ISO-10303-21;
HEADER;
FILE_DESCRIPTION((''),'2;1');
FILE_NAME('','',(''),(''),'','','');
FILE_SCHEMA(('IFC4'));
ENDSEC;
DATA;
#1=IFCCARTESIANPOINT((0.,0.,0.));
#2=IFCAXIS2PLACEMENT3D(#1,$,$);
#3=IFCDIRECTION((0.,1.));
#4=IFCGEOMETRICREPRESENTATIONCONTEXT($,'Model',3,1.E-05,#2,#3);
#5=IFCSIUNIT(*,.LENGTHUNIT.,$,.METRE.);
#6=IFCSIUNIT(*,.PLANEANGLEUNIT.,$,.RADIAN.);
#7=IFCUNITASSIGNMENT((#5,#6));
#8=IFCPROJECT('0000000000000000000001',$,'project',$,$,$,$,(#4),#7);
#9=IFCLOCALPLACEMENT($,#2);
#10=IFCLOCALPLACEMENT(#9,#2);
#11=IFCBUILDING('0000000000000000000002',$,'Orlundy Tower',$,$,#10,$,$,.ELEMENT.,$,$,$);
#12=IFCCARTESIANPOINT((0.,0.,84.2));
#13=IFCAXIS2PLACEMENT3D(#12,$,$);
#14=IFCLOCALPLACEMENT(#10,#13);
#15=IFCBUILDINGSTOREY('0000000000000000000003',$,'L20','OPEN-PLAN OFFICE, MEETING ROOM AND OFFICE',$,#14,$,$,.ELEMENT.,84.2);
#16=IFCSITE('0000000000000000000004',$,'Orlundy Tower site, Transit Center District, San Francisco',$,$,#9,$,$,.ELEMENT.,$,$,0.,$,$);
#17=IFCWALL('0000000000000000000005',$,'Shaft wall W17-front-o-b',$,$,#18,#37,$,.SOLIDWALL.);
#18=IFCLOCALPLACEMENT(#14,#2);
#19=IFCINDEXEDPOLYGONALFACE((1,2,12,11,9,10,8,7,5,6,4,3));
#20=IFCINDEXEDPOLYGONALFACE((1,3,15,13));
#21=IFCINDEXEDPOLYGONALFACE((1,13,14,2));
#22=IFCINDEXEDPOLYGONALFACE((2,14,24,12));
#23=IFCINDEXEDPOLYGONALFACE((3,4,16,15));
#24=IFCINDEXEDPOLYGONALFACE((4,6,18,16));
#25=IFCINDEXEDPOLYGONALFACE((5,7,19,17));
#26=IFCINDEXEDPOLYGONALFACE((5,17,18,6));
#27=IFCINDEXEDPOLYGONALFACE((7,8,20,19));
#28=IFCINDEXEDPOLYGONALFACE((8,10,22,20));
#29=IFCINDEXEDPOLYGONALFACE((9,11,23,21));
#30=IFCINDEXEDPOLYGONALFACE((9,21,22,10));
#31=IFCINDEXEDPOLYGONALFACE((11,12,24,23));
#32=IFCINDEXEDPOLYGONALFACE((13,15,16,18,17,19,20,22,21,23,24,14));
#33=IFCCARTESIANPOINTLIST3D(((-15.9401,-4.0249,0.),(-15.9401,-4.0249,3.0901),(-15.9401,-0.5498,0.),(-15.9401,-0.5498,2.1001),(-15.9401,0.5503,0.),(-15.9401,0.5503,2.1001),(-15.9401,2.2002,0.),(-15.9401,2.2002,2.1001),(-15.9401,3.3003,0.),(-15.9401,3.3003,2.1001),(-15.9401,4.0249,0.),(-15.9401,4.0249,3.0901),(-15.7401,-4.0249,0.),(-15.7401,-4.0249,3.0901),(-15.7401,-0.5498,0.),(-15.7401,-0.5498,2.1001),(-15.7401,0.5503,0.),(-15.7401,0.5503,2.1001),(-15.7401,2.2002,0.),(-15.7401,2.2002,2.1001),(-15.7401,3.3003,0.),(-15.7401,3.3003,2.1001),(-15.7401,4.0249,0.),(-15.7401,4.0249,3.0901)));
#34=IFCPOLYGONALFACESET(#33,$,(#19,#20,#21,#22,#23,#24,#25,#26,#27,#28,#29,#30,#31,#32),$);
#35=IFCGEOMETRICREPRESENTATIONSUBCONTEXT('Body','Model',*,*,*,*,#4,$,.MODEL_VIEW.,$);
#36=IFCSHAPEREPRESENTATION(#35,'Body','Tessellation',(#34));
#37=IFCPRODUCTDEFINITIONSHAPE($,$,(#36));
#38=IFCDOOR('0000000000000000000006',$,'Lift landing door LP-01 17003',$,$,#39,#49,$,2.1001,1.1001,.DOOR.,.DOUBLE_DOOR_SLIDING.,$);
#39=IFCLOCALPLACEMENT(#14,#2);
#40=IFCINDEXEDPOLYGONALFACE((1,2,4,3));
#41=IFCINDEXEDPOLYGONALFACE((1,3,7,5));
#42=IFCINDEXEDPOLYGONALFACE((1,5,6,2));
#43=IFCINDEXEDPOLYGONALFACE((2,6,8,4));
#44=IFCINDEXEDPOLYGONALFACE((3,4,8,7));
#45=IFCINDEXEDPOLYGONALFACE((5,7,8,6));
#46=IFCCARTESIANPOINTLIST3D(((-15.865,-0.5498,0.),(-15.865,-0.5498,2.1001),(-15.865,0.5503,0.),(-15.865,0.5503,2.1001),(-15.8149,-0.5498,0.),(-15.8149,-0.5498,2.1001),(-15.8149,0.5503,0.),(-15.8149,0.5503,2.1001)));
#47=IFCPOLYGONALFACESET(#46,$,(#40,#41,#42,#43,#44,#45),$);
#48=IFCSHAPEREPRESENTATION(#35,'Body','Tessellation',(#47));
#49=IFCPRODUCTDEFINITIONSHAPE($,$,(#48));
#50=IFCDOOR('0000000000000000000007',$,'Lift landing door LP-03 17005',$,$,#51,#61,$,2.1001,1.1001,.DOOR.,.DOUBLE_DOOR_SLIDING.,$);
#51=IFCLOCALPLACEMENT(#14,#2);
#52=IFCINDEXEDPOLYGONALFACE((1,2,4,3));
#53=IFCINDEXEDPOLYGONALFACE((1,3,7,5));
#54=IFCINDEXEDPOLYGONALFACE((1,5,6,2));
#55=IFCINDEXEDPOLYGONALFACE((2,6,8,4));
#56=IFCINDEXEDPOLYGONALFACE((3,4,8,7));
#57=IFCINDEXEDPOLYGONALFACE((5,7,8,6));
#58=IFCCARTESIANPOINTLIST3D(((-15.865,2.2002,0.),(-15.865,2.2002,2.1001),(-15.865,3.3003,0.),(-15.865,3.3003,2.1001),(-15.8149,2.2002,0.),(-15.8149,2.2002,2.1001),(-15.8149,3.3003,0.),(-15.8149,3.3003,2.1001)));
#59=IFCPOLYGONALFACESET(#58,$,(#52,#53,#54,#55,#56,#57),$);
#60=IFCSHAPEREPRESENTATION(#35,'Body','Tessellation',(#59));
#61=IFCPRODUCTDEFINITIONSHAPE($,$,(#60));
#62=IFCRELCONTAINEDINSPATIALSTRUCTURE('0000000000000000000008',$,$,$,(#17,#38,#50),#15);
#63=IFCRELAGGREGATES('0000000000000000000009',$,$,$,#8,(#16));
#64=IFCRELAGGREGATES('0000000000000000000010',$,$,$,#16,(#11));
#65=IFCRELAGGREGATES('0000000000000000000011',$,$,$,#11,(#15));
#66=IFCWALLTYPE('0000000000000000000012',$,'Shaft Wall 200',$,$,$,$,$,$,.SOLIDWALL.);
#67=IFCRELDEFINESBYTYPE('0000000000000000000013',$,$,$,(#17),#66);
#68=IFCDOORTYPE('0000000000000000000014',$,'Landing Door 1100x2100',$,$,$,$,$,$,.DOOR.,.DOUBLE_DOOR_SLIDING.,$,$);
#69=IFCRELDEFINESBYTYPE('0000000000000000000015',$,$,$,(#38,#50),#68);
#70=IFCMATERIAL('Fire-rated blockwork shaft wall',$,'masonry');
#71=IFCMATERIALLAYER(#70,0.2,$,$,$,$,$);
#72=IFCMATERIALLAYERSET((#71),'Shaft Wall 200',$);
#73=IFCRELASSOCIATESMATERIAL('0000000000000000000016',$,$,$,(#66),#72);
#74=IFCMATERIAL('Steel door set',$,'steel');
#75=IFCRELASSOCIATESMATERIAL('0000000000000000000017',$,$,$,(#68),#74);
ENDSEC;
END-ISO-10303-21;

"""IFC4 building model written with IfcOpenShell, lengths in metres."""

from ifc_helpers import new_model, si_unit, direction, frame, frame_2d, origin, place, context, subcontext, project, spatial, rectangle, extrude, material, layer, layer_set, type_object, element, fill, save


model = new_model("IFC4")

# Units and contexts
model_context = context("Model", 3, precision=1e-05, world=origin(), true_north=direction((0.0, 1.0)))
body_context = subcontext(model_context, "Body", "Model", "MODEL_VIEW")
ifc_project = project(units=[si_unit("LENGTHUNIT", "METRE"), si_unit("PLANEANGLEUNIT", "RADIAN")], contexts=[model_context])

# Site, building, storey
site_placement = place(None, origin())
site = spatial("IfcSite", under=ifc_project, at=site_placement, Name="Orlundy Tower site, Transit Center District, San Francisco", CompositionType="ELEMENT", RefElevation=0.0)
building_placement = place(site_placement, origin())
building = spatial("IfcBuilding", under=site, at=building_placement, Name="Orlundy Tower", CompositionType="ELEMENT")
storey_placement = place(building_placement, frame((0.0, 0.0, 84.2)))
storey = spatial("IfcBuildingStorey", under=building, at=storey_placement, Name="L20", Description="OPEN-PLAN OFFICE, MEETING ROOM AND OFFICE", CompositionType="ELEMENT", Elevation=84.2)

# Shared definitions
ifc_material_1 = material(Name="Fire-rated blockwork shaft wall", Category="masonry")
ifc_layer_1 = layer(ifc_material_1, 0.2)
ifc_layer_set_1 = layer_set([ifc_layer_1], Name="Shaft Wall 200")
wall_type_1 = type_object("IfcWallType", Name="Shaft Wall 200", PredefinedType="SOLIDWALL", material=ifc_layer_set_1)

# Shared definitions
ifc_material_2 = material(Name="Steel door set", Category="steel")
door_type_1 = type_object("IfcDoorType", Name="Landing Door 1100x2100", OperationType="DOUBLE_DOOR_SLIDING", PredefinedType="DOOR", material=ifc_material_2)

# Wall, openings, doors
wall_1_placement = place(storey_placement, frame((-15.8401, -4.0249, 0.0), z_axis=(0.0, 0.0, 1.0), x_axis=(0.0, 1.0, 0.0)))
wall_1 = element("IfcWall", 1, at=wall_1_placement, inside=storey, type_object=wall_type_1, Name="Shaft wall W17-front-o-b", PredefinedType="SOLIDWALL", context=body_context, shape_type="SweptSolid", body=[
    extrude(rectangle(XDim=8.0498, YDim=0.2, at=frame_2d((4.0249, 0.0))), origin(), (0.0, 0.0, 1.0), 3.0901),
])
opening_1_placement = place(wall_1_placement, frame((3.4751, 0.0, 0.0)))
opening_1 = element("IfcOpeningElement", 2, at=opening_1_placement, cuts=wall_1, PredefinedType="OPENING", context=body_context, shape_type="SweptSolid", body=[
    extrude(rectangle(XDim=1.1001, YDim=2.1001, at=frame_2d((0.55, 1.05))), frame((0.0, 0.1101, 0.0), z_axis=(0.0, -1.0, 0.0), x_axis=(1.0, 0.0, 0.0)), (0.0, 0.0, 1.0), 0.2202),
])
opening_2_placement = place(wall_1_placement, frame((6.2251, 0.0, 0.0)))
opening_2 = element("IfcOpeningElement", 3, at=opening_2_placement, cuts=wall_1, PredefinedType="OPENING", context=body_context, shape_type="SweptSolid", body=[
    extrude(rectangle(XDim=1.1001, YDim=2.1001, at=frame_2d((0.55, 1.05))), frame((0.0, 0.1101, 0.0), z_axis=(0.0, -1.0, 0.0), x_axis=(1.0, 0.0, 0.0)), (0.0, 0.0, 1.0), 0.2202),
])
door_1_placement = place(opening_1_placement, origin())
door_1 = element("IfcDoor", 4, at=door_1_placement, inside=storey, type_object=door_type_1, Name="Lift landing door LP-01 17003", OperationType="DOUBLE_DOOR_SLIDING", OverallHeight=2.1001, OverallWidth=1.1001, PredefinedType="DOOR", context=body_context, shape_type="SweptSolid", body=[
    extrude(rectangle(XDim=1.1001, YDim=2.1001, at=frame_2d((0.55, 1.05))), frame((0.0, 0.0249, 0.0), z_axis=(0.0, -1.0, 0.0), x_axis=(1.0, 0.0, 0.0)), (0.0, 0.0, 1.0), 0.05),
])
fill(opening_1, door_1)
door_2_placement = place(opening_2_placement, origin())
door_2 = element("IfcDoor", 5, at=door_2_placement, inside=storey, type_object=door_type_1, Name="Lift landing door LP-03 17005", OperationType="DOUBLE_DOOR_SLIDING", OverallHeight=2.1001, OverallWidth=1.1001, PredefinedType="DOOR", context=body_context, shape_type="SweptSolid", body=[
    extrude(rectangle(XDim=1.1001, YDim=2.1001, at=frame_2d((0.55, 1.05))), frame((0.0, 0.0249, 0.0), z_axis=(0.0, -1.0, 0.0), x_axis=(1.0, 0.0, 0.0)), (0.0, 0.0, 1.0), 0.05),
])
fill(opening_2, door_2)

save(model, "model.ifc")
